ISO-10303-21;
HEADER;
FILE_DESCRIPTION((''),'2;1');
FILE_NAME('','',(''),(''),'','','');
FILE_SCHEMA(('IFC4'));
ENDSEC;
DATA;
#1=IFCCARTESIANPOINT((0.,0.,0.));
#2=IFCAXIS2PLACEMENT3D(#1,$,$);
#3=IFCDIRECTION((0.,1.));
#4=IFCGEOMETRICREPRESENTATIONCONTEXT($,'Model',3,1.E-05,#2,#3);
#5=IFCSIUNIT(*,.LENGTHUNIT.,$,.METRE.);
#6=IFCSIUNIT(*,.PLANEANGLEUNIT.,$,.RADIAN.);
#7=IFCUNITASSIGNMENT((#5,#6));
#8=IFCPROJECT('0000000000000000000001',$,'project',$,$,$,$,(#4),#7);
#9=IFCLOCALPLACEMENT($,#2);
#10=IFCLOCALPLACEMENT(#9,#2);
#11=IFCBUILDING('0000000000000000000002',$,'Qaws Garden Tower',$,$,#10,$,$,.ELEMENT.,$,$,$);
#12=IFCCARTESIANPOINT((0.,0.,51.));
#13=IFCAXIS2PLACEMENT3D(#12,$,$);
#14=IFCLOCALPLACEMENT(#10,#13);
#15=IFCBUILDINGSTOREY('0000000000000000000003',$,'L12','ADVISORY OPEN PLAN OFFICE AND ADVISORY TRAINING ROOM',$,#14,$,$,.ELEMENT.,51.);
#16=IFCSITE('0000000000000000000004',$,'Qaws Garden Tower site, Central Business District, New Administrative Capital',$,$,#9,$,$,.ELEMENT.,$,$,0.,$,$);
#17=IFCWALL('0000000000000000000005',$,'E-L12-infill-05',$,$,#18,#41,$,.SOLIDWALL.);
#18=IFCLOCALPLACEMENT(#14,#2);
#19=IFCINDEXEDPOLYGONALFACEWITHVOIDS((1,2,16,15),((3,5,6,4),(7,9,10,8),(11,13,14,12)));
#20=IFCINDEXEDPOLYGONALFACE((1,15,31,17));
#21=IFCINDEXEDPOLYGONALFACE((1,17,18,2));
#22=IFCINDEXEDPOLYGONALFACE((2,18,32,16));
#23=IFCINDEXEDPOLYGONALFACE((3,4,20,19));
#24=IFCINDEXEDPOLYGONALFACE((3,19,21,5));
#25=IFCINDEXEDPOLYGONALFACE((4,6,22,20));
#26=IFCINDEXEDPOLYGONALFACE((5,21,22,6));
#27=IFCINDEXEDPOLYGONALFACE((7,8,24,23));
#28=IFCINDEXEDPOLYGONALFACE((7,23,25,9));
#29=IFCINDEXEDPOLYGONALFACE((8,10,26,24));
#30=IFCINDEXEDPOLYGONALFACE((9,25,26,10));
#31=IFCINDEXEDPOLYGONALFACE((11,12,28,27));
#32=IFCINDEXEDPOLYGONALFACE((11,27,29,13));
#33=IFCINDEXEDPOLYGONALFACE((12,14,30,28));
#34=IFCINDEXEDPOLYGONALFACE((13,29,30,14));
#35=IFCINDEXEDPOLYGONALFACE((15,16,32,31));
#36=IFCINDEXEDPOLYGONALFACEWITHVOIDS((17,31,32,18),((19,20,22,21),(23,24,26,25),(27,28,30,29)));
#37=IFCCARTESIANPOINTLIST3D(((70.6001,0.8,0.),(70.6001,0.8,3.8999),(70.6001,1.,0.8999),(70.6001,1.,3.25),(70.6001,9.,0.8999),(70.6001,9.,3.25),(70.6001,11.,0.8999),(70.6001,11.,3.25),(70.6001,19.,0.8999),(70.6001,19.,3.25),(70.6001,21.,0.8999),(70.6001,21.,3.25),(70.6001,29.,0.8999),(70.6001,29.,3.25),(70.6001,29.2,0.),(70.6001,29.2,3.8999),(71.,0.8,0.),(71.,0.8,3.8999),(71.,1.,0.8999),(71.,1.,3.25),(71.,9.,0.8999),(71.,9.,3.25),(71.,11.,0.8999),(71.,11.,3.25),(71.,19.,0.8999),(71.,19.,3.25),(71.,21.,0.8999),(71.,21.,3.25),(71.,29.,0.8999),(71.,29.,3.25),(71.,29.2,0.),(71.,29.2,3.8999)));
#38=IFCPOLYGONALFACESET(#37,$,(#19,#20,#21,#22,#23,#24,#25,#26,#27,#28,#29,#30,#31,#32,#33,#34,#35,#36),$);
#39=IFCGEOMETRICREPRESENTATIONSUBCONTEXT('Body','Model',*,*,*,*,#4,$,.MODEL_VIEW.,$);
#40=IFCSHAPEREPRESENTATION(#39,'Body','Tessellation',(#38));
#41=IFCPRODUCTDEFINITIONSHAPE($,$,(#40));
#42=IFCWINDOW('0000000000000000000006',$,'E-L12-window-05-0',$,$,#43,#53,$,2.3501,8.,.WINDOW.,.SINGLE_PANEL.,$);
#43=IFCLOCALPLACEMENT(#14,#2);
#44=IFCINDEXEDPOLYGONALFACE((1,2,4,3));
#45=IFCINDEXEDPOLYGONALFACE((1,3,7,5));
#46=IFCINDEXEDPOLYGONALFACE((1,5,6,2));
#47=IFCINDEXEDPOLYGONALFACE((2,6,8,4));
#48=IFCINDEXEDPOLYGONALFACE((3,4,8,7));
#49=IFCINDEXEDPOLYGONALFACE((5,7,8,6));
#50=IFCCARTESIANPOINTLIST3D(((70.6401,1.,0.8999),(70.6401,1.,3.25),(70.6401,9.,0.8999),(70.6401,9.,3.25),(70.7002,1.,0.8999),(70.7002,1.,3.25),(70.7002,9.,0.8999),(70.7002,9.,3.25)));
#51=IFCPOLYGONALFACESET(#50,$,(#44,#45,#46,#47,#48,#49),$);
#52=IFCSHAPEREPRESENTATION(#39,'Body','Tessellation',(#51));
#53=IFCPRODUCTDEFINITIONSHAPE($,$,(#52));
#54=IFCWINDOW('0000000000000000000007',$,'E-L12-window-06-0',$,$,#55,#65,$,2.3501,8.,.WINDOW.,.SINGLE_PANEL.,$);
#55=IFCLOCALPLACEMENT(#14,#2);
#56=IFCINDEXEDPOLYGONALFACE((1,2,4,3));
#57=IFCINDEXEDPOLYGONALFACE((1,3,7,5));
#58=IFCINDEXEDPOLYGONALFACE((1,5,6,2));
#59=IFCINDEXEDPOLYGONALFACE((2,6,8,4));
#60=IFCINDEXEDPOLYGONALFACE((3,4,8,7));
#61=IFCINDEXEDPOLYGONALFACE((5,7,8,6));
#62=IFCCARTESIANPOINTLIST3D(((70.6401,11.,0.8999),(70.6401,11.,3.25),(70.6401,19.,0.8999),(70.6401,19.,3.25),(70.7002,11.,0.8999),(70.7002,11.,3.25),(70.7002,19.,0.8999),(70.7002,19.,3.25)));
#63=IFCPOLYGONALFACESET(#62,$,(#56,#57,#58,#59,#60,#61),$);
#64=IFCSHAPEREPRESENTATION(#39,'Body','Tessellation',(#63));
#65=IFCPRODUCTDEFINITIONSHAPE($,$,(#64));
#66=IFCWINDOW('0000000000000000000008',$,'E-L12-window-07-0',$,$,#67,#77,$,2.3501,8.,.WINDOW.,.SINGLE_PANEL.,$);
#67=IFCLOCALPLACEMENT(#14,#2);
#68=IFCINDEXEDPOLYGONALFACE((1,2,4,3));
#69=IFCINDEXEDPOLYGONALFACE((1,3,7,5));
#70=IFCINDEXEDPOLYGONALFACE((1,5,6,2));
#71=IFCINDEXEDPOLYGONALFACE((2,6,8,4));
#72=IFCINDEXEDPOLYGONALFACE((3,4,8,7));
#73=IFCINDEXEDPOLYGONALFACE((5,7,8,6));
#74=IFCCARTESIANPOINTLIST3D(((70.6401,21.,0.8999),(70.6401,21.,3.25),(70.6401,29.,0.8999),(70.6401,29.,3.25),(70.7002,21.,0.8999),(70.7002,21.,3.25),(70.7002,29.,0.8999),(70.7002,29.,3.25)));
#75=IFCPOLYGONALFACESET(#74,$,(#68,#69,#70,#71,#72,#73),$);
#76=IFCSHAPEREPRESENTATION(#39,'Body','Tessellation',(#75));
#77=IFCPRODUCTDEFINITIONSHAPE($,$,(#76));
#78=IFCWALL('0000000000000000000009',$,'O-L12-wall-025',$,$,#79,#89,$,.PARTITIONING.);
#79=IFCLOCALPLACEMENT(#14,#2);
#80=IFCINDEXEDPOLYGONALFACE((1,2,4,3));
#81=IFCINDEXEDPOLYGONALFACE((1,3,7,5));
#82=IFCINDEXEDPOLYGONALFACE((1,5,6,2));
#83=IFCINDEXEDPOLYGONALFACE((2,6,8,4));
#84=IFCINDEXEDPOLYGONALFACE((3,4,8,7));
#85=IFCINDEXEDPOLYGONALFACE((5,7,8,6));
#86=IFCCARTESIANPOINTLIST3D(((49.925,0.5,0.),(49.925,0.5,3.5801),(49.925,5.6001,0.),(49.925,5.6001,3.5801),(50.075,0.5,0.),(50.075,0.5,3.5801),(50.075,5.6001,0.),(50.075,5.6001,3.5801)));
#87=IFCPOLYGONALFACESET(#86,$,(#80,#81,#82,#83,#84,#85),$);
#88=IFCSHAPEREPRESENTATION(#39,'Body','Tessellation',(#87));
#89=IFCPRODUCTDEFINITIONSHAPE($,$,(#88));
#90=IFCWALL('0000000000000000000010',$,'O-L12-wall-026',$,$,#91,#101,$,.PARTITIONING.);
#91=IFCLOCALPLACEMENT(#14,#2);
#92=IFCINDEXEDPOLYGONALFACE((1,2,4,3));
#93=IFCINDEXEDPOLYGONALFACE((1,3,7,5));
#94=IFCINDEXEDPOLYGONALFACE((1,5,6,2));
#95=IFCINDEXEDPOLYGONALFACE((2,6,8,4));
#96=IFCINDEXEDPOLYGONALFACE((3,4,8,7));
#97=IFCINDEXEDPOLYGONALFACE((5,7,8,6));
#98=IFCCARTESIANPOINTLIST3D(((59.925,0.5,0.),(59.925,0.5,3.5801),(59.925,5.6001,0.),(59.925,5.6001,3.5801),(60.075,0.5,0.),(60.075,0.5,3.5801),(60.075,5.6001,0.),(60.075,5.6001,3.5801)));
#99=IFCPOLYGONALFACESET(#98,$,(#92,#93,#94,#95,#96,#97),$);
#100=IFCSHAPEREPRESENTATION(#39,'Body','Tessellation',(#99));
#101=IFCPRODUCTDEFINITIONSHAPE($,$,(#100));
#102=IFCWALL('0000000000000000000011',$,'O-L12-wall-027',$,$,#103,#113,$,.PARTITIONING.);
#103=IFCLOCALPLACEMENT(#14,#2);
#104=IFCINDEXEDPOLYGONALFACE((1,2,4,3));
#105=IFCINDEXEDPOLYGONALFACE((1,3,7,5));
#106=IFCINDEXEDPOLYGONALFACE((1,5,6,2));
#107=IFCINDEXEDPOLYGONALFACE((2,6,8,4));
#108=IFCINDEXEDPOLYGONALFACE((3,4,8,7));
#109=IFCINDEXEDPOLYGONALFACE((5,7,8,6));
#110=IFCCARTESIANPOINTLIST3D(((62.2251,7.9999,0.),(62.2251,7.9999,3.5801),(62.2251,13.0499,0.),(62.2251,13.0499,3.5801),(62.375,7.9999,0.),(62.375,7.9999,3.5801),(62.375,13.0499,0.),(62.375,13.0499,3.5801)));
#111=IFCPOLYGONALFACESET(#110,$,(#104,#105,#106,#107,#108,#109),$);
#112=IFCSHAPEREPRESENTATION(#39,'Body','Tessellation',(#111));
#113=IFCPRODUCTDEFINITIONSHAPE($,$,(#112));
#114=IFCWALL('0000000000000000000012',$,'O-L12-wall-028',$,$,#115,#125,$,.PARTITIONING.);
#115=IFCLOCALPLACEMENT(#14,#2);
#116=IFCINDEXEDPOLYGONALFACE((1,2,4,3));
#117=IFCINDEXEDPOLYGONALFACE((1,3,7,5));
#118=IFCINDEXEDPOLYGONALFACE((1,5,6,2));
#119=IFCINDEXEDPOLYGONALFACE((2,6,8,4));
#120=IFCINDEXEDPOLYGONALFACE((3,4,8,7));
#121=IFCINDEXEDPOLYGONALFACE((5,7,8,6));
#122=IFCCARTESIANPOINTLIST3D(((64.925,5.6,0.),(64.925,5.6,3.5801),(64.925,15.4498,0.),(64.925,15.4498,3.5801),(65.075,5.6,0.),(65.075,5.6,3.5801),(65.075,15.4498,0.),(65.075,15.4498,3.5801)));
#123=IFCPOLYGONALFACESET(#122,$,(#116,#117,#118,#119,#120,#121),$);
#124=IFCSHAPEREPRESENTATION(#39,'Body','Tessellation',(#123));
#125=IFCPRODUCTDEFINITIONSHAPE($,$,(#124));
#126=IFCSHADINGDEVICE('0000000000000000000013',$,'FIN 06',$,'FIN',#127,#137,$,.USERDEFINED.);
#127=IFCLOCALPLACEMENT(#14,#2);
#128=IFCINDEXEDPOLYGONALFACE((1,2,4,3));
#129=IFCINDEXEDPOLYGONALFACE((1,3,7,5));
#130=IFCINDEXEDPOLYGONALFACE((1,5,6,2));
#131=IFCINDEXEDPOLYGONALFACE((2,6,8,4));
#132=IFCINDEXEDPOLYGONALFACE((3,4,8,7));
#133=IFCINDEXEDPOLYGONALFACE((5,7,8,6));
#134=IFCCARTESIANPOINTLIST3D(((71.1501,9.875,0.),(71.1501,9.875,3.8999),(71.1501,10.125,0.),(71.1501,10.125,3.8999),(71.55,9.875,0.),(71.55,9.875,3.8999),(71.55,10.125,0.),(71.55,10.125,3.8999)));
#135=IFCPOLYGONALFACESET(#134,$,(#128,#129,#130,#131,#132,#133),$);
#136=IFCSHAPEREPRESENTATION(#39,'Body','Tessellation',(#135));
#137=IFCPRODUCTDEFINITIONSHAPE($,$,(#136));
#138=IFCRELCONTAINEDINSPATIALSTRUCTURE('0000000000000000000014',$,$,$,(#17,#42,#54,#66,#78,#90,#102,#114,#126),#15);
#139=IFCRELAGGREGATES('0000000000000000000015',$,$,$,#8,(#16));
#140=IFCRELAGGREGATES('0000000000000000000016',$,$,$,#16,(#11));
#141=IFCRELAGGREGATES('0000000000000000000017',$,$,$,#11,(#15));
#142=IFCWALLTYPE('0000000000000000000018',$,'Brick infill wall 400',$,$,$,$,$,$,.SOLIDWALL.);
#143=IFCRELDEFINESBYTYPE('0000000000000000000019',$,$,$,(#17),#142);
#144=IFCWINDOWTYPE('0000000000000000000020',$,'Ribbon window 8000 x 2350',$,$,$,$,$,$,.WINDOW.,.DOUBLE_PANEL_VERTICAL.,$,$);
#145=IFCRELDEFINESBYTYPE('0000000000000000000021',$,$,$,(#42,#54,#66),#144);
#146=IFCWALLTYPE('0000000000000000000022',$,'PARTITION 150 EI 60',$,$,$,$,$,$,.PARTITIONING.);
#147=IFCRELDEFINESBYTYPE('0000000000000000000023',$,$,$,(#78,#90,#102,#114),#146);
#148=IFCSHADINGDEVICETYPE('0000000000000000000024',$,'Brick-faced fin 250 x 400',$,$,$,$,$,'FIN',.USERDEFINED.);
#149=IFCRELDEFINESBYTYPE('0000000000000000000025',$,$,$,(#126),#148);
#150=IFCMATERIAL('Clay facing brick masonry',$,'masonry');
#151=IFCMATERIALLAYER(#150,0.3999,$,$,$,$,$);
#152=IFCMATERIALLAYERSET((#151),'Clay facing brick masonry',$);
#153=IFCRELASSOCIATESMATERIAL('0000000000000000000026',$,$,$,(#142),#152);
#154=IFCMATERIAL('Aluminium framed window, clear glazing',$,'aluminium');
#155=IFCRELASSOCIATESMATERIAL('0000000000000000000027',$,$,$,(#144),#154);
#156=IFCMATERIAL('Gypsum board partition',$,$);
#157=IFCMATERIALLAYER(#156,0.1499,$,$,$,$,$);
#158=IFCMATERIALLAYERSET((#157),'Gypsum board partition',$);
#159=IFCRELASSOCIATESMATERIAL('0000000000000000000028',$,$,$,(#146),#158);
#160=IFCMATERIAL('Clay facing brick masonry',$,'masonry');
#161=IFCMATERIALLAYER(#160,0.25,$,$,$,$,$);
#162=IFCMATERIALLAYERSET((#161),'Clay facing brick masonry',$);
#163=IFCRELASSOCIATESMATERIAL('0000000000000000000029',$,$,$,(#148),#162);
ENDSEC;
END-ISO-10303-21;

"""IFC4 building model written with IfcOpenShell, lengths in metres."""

from ifc_helpers import new_model, si_unit, direction, frame, frame_2d, origin, origin_2d, place, context, subcontext, project, spatial, rectangle, extrude, material, layer, layer_set, type_object, element, fill, save


model = new_model("IFC4")

# Units and contexts
model_context = context("Model", 3, precision=1e-05, world=origin(), true_north=direction((0.0, 1.0)))
body_context = subcontext(model_context, "Body", "Model", "MODEL_VIEW")
ifc_project = project(units=[si_unit("LENGTHUNIT", "METRE"), si_unit("PLANEANGLEUNIT", "RADIAN")], contexts=[model_context])

# Site, building, storey
site_placement = place(None, origin())
site = spatial("IfcSite", under=ifc_project, at=site_placement, Name="Qaws Garden Tower site, Central Business District, New Administrative Capital", CompositionType="ELEMENT", RefElevation=0.0)
building_placement = place(site_placement, origin())
building = spatial("IfcBuilding", under=site, at=building_placement, Name="Qaws Garden Tower", CompositionType="ELEMENT")
storey_placement = place(building_placement, frame((0.0, 0.0, 51.0)))
storey = spatial("IfcBuildingStorey", under=building, at=storey_placement, Name="L12", Description="ADVISORY OPEN PLAN OFFICE AND ADVISORY TRAINING ROOM", CompositionType="ELEMENT", Elevation=51.0)

# Wall, openings, windows
ifc_material_1 = material(Name="Clay facing brick masonry", Category="masonry")
ifc_layer_1 = layer(ifc_material_1, 0.3999)
ifc_layer_set_1 = layer_set([ifc_layer_1], Name="Clay facing brick masonry")
wall_type_1 = type_object("IfcWallType", Name="Brick infill wall 400", PredefinedType="SOLIDWALL", material=ifc_layer_set_1)
wall_1_placement = place(storey_placement, frame((70.8, 0.8, 0.0), z_axis=(0.0, 0.0, 1.0), x_axis=(0.0, 1.0, 0.0)))
wall_1 = element("IfcWall", 1, at=wall_1_placement, inside=storey, type_object=wall_type_1, Name="E-L12-infill-05", PredefinedType="SOLIDWALL", context=body_context, shape_type="SweptSolid", body=[
    extrude(rectangle(XDim=28.3999, YDim=0.3999, at=frame_2d((14.2, 0.0))), origin(), (0.0, 0.0, 1.0), 3.8999),
])
opening_1_placement = place(wall_1_placement, frame((0.2, 0.0, 0.8999)))
opening_1 = element("IfcOpeningElement", 2, at=opening_1_placement, cuts=wall_1, PredefinedType="OPENING", context=body_context, shape_type="SweptSolid", body=[
    extrude(rectangle(XDim=8.0, YDim=2.3501, at=frame_2d((4.0, 1.175))), frame((0.0, 0.21, 0.0), z_axis=(0.0, -1.0, 0.0), x_axis=(1.0, 0.0, 0.0)), (0.0, 0.0, 1.0), 0.4199),
])
opening_2_placement = place(wall_1_placement, frame((10.2, 0.0, 0.8999)))
opening_2 = element("IfcOpeningElement", 3, at=opening_2_placement, cuts=wall_1, PredefinedType="OPENING", context=body_context, shape_type="SweptSolid", body=[
    extrude(rectangle(XDim=8.0, YDim=2.3501, at=frame_2d((4.0, 1.175))), frame((0.0, 0.21, 0.0), z_axis=(0.0, -1.0, 0.0), x_axis=(1.0, 0.0, 0.0)), (0.0, 0.0, 1.0), 0.4199),
])
opening_3_placement = place(wall_1_placement, frame((20.2, 0.0, 0.8999)))
opening_3 = element("IfcOpeningElement", 4, at=opening_3_placement, cuts=wall_1, PredefinedType="OPENING", context=body_context, shape_type="SweptSolid", body=[
    extrude(rectangle(XDim=8.0, YDim=2.3501, at=frame_2d((4.0, 1.175))), frame((0.0, 0.21, 0.0), z_axis=(0.0, -1.0, 0.0), x_axis=(1.0, 0.0, 0.0)), (0.0, 0.0, 1.0), 0.4199),
])
ifc_material_2 = material(Name="Aluminium framed window, clear glazing", Category="aluminium")
window_type = type_object("IfcWindowType", Name="Ribbon window 8000 x 2350", PartitioningType="DOUBLE_PANEL_VERTICAL", PredefinedType="WINDOW", material=ifc_material_2)
window_1_placement = place(opening_1_placement, origin())
window_1 = element("IfcWindow", 5, at=window_1_placement, inside=storey, type_object=window_type, Name="E-L12-window-05-0", OverallHeight=2.3501, OverallWidth=8.0, PartitioningType="SINGLE_PANEL", PredefinedType="WINDOW", context=body_context, shape_type="SweptSolid", body=[
    extrude(rectangle(XDim=8.0, YDim=2.3501, at=frame_2d((4.0, 1.175))), frame((0.0, 0.1599, 0.0), z_axis=(0.0, -1.0, 0.0), x_axis=(1.0, 0.0, 0.0)), (0.0, 0.0, 1.0), 0.0601),
])
fill(opening_1, window_1)
window_2_placement = place(opening_2_placement, origin())
window_2 = element("IfcWindow", 6, at=window_2_placement, inside=storey, type_object=window_type, Name="E-L12-window-06-0", OverallHeight=2.3501, OverallWidth=8.0, PartitioningType="SINGLE_PANEL", PredefinedType="WINDOW", context=body_context, shape_type="SweptSolid", body=[
    extrude(rectangle(XDim=8.0, YDim=2.3501, at=frame_2d((4.0, 1.175))), frame((0.0, 0.1599, 0.0), z_axis=(0.0, -1.0, 0.0), x_axis=(1.0, 0.0, 0.0)), (0.0, 0.0, 1.0), 0.0601),
])
fill(opening_2, window_2)
window_3_placement = place(opening_3_placement, origin())
window_3 = element("IfcWindow", 7, at=window_3_placement, inside=storey, type_object=window_type, Name="E-L12-window-07-0", OverallHeight=2.3501, OverallWidth=8.0, PartitioningType="SINGLE_PANEL", PredefinedType="WINDOW", context=body_context, shape_type="SweptSolid", body=[
    extrude(rectangle(XDim=8.0, YDim=2.3501, at=frame_2d((4.0, 1.175))), frame((0.0, 0.1599, 0.0), z_axis=(0.0, -1.0, 0.0), x_axis=(1.0, 0.0, 0.0)), (0.0, 0.0, 1.0), 0.0601),
])
fill(opening_3, window_3)

# Walls
ifc_material_3 = material(Name="Gypsum board partition")
ifc_layer_2 = layer(ifc_material_3, 0.1499)
ifc_layer_set_2 = layer_set([ifc_layer_2], Name="Gypsum board partition")
wall_type_2 = type_object("IfcWallType", Name="PARTITION 150 EI 60", PredefinedType="PARTITIONING", material=ifc_layer_set_2)
for number, where, z_axis, x_axis, name in (
    (8, (50.0, 0.5, 0.0), (0.0, 0.0, 1.0), (0.0, 1.0, 0.0), "O-L12-wall-025"),
    (9, (60.0, 0.5, 0.0), (0.0, 0.0, 1.0), (0.0, 1.0, 0.0), "O-L12-wall-026"),
):
    element("IfcWall", number, at=place(storey_placement, frame(where, z_axis=z_axis, x_axis=x_axis)), inside=storey, type_object=wall_type_2, Name=name, PredefinedType="PARTITIONING", context=body_context, shape_type="SweptSolid", body=[
        extrude(rectangle(XDim=5.1001, YDim=0.1499, at=frame_2d((2.55, 0.0))), origin(), (0.0, 0.0, 1.0), 3.5801),
    ])
wall_2_placement = place(storey_placement, frame((62.3, 8.0, 0.0), z_axis=(0.0, 0.0, 1.0), x_axis=(0.0, 1.0, 0.0)))
element("IfcWall", 10, at=wall_2_placement, inside=storey, type_object=wall_type_2, Name="O-L12-wall-027", PredefinedType="PARTITIONING", context=body_context, shape_type="SweptSolid", body=[
    extrude(rectangle(XDim=5.05, YDim=0.1499, at=frame_2d((2.5249, 0.0))), origin(), (0.0, 0.0, 1.0), 3.5801),
])
wall_3_placement = place(storey_placement, frame((65.0, 5.6001, 0.0), z_axis=(0.0, 0.0, 1.0), x_axis=(0.0, 1.0, 0.0)))
element("IfcWall", 11, at=wall_3_placement, inside=storey, type_object=wall_type_2, Name="O-L12-wall-028", PredefinedType="PARTITIONING", context=body_context, shape_type="SweptSolid", body=[
    extrude(rectangle(XDim=9.8499, YDim=0.1499, at=frame_2d((4.9248, 0.0))), origin(), (0.0, 0.0, 1.0), 3.5801),
])

# Shading device
ifc_material_4 = material(Name="Clay facing brick masonry", Category="masonry")
ifc_layer_3 = layer(ifc_material_4, 0.25)
ifc_layer_set_3 = layer_set([ifc_layer_3], Name="Clay facing brick masonry")
shading_device_type = type_object("IfcShadingDeviceType", Name="Brick-faced fin 250 x 400", ElementType="FIN", PredefinedType="USERDEFINED", material=ifc_layer_set_3)
shading_device_placement = place(storey_placement, frame((71.3501, 10.0, 0.0), z_axis=(0.0, 0.0, 1.0), x_axis=(0.0, 1.0, 0.0)))
element("IfcShadingDevice", 12, at=shading_device_placement, inside=storey, type_object=shading_device_type, Name="FIN 06", ObjectType="FIN", PredefinedType="USERDEFINED", context=body_context, shape_type="SweptSolid", body=[
    extrude(rectangle(XDim=0.25, YDim=0.3999, at=origin_2d()), origin(), (0.0, 0.0, 1.0), 3.8999),
])

save(model, "model.ifc")
